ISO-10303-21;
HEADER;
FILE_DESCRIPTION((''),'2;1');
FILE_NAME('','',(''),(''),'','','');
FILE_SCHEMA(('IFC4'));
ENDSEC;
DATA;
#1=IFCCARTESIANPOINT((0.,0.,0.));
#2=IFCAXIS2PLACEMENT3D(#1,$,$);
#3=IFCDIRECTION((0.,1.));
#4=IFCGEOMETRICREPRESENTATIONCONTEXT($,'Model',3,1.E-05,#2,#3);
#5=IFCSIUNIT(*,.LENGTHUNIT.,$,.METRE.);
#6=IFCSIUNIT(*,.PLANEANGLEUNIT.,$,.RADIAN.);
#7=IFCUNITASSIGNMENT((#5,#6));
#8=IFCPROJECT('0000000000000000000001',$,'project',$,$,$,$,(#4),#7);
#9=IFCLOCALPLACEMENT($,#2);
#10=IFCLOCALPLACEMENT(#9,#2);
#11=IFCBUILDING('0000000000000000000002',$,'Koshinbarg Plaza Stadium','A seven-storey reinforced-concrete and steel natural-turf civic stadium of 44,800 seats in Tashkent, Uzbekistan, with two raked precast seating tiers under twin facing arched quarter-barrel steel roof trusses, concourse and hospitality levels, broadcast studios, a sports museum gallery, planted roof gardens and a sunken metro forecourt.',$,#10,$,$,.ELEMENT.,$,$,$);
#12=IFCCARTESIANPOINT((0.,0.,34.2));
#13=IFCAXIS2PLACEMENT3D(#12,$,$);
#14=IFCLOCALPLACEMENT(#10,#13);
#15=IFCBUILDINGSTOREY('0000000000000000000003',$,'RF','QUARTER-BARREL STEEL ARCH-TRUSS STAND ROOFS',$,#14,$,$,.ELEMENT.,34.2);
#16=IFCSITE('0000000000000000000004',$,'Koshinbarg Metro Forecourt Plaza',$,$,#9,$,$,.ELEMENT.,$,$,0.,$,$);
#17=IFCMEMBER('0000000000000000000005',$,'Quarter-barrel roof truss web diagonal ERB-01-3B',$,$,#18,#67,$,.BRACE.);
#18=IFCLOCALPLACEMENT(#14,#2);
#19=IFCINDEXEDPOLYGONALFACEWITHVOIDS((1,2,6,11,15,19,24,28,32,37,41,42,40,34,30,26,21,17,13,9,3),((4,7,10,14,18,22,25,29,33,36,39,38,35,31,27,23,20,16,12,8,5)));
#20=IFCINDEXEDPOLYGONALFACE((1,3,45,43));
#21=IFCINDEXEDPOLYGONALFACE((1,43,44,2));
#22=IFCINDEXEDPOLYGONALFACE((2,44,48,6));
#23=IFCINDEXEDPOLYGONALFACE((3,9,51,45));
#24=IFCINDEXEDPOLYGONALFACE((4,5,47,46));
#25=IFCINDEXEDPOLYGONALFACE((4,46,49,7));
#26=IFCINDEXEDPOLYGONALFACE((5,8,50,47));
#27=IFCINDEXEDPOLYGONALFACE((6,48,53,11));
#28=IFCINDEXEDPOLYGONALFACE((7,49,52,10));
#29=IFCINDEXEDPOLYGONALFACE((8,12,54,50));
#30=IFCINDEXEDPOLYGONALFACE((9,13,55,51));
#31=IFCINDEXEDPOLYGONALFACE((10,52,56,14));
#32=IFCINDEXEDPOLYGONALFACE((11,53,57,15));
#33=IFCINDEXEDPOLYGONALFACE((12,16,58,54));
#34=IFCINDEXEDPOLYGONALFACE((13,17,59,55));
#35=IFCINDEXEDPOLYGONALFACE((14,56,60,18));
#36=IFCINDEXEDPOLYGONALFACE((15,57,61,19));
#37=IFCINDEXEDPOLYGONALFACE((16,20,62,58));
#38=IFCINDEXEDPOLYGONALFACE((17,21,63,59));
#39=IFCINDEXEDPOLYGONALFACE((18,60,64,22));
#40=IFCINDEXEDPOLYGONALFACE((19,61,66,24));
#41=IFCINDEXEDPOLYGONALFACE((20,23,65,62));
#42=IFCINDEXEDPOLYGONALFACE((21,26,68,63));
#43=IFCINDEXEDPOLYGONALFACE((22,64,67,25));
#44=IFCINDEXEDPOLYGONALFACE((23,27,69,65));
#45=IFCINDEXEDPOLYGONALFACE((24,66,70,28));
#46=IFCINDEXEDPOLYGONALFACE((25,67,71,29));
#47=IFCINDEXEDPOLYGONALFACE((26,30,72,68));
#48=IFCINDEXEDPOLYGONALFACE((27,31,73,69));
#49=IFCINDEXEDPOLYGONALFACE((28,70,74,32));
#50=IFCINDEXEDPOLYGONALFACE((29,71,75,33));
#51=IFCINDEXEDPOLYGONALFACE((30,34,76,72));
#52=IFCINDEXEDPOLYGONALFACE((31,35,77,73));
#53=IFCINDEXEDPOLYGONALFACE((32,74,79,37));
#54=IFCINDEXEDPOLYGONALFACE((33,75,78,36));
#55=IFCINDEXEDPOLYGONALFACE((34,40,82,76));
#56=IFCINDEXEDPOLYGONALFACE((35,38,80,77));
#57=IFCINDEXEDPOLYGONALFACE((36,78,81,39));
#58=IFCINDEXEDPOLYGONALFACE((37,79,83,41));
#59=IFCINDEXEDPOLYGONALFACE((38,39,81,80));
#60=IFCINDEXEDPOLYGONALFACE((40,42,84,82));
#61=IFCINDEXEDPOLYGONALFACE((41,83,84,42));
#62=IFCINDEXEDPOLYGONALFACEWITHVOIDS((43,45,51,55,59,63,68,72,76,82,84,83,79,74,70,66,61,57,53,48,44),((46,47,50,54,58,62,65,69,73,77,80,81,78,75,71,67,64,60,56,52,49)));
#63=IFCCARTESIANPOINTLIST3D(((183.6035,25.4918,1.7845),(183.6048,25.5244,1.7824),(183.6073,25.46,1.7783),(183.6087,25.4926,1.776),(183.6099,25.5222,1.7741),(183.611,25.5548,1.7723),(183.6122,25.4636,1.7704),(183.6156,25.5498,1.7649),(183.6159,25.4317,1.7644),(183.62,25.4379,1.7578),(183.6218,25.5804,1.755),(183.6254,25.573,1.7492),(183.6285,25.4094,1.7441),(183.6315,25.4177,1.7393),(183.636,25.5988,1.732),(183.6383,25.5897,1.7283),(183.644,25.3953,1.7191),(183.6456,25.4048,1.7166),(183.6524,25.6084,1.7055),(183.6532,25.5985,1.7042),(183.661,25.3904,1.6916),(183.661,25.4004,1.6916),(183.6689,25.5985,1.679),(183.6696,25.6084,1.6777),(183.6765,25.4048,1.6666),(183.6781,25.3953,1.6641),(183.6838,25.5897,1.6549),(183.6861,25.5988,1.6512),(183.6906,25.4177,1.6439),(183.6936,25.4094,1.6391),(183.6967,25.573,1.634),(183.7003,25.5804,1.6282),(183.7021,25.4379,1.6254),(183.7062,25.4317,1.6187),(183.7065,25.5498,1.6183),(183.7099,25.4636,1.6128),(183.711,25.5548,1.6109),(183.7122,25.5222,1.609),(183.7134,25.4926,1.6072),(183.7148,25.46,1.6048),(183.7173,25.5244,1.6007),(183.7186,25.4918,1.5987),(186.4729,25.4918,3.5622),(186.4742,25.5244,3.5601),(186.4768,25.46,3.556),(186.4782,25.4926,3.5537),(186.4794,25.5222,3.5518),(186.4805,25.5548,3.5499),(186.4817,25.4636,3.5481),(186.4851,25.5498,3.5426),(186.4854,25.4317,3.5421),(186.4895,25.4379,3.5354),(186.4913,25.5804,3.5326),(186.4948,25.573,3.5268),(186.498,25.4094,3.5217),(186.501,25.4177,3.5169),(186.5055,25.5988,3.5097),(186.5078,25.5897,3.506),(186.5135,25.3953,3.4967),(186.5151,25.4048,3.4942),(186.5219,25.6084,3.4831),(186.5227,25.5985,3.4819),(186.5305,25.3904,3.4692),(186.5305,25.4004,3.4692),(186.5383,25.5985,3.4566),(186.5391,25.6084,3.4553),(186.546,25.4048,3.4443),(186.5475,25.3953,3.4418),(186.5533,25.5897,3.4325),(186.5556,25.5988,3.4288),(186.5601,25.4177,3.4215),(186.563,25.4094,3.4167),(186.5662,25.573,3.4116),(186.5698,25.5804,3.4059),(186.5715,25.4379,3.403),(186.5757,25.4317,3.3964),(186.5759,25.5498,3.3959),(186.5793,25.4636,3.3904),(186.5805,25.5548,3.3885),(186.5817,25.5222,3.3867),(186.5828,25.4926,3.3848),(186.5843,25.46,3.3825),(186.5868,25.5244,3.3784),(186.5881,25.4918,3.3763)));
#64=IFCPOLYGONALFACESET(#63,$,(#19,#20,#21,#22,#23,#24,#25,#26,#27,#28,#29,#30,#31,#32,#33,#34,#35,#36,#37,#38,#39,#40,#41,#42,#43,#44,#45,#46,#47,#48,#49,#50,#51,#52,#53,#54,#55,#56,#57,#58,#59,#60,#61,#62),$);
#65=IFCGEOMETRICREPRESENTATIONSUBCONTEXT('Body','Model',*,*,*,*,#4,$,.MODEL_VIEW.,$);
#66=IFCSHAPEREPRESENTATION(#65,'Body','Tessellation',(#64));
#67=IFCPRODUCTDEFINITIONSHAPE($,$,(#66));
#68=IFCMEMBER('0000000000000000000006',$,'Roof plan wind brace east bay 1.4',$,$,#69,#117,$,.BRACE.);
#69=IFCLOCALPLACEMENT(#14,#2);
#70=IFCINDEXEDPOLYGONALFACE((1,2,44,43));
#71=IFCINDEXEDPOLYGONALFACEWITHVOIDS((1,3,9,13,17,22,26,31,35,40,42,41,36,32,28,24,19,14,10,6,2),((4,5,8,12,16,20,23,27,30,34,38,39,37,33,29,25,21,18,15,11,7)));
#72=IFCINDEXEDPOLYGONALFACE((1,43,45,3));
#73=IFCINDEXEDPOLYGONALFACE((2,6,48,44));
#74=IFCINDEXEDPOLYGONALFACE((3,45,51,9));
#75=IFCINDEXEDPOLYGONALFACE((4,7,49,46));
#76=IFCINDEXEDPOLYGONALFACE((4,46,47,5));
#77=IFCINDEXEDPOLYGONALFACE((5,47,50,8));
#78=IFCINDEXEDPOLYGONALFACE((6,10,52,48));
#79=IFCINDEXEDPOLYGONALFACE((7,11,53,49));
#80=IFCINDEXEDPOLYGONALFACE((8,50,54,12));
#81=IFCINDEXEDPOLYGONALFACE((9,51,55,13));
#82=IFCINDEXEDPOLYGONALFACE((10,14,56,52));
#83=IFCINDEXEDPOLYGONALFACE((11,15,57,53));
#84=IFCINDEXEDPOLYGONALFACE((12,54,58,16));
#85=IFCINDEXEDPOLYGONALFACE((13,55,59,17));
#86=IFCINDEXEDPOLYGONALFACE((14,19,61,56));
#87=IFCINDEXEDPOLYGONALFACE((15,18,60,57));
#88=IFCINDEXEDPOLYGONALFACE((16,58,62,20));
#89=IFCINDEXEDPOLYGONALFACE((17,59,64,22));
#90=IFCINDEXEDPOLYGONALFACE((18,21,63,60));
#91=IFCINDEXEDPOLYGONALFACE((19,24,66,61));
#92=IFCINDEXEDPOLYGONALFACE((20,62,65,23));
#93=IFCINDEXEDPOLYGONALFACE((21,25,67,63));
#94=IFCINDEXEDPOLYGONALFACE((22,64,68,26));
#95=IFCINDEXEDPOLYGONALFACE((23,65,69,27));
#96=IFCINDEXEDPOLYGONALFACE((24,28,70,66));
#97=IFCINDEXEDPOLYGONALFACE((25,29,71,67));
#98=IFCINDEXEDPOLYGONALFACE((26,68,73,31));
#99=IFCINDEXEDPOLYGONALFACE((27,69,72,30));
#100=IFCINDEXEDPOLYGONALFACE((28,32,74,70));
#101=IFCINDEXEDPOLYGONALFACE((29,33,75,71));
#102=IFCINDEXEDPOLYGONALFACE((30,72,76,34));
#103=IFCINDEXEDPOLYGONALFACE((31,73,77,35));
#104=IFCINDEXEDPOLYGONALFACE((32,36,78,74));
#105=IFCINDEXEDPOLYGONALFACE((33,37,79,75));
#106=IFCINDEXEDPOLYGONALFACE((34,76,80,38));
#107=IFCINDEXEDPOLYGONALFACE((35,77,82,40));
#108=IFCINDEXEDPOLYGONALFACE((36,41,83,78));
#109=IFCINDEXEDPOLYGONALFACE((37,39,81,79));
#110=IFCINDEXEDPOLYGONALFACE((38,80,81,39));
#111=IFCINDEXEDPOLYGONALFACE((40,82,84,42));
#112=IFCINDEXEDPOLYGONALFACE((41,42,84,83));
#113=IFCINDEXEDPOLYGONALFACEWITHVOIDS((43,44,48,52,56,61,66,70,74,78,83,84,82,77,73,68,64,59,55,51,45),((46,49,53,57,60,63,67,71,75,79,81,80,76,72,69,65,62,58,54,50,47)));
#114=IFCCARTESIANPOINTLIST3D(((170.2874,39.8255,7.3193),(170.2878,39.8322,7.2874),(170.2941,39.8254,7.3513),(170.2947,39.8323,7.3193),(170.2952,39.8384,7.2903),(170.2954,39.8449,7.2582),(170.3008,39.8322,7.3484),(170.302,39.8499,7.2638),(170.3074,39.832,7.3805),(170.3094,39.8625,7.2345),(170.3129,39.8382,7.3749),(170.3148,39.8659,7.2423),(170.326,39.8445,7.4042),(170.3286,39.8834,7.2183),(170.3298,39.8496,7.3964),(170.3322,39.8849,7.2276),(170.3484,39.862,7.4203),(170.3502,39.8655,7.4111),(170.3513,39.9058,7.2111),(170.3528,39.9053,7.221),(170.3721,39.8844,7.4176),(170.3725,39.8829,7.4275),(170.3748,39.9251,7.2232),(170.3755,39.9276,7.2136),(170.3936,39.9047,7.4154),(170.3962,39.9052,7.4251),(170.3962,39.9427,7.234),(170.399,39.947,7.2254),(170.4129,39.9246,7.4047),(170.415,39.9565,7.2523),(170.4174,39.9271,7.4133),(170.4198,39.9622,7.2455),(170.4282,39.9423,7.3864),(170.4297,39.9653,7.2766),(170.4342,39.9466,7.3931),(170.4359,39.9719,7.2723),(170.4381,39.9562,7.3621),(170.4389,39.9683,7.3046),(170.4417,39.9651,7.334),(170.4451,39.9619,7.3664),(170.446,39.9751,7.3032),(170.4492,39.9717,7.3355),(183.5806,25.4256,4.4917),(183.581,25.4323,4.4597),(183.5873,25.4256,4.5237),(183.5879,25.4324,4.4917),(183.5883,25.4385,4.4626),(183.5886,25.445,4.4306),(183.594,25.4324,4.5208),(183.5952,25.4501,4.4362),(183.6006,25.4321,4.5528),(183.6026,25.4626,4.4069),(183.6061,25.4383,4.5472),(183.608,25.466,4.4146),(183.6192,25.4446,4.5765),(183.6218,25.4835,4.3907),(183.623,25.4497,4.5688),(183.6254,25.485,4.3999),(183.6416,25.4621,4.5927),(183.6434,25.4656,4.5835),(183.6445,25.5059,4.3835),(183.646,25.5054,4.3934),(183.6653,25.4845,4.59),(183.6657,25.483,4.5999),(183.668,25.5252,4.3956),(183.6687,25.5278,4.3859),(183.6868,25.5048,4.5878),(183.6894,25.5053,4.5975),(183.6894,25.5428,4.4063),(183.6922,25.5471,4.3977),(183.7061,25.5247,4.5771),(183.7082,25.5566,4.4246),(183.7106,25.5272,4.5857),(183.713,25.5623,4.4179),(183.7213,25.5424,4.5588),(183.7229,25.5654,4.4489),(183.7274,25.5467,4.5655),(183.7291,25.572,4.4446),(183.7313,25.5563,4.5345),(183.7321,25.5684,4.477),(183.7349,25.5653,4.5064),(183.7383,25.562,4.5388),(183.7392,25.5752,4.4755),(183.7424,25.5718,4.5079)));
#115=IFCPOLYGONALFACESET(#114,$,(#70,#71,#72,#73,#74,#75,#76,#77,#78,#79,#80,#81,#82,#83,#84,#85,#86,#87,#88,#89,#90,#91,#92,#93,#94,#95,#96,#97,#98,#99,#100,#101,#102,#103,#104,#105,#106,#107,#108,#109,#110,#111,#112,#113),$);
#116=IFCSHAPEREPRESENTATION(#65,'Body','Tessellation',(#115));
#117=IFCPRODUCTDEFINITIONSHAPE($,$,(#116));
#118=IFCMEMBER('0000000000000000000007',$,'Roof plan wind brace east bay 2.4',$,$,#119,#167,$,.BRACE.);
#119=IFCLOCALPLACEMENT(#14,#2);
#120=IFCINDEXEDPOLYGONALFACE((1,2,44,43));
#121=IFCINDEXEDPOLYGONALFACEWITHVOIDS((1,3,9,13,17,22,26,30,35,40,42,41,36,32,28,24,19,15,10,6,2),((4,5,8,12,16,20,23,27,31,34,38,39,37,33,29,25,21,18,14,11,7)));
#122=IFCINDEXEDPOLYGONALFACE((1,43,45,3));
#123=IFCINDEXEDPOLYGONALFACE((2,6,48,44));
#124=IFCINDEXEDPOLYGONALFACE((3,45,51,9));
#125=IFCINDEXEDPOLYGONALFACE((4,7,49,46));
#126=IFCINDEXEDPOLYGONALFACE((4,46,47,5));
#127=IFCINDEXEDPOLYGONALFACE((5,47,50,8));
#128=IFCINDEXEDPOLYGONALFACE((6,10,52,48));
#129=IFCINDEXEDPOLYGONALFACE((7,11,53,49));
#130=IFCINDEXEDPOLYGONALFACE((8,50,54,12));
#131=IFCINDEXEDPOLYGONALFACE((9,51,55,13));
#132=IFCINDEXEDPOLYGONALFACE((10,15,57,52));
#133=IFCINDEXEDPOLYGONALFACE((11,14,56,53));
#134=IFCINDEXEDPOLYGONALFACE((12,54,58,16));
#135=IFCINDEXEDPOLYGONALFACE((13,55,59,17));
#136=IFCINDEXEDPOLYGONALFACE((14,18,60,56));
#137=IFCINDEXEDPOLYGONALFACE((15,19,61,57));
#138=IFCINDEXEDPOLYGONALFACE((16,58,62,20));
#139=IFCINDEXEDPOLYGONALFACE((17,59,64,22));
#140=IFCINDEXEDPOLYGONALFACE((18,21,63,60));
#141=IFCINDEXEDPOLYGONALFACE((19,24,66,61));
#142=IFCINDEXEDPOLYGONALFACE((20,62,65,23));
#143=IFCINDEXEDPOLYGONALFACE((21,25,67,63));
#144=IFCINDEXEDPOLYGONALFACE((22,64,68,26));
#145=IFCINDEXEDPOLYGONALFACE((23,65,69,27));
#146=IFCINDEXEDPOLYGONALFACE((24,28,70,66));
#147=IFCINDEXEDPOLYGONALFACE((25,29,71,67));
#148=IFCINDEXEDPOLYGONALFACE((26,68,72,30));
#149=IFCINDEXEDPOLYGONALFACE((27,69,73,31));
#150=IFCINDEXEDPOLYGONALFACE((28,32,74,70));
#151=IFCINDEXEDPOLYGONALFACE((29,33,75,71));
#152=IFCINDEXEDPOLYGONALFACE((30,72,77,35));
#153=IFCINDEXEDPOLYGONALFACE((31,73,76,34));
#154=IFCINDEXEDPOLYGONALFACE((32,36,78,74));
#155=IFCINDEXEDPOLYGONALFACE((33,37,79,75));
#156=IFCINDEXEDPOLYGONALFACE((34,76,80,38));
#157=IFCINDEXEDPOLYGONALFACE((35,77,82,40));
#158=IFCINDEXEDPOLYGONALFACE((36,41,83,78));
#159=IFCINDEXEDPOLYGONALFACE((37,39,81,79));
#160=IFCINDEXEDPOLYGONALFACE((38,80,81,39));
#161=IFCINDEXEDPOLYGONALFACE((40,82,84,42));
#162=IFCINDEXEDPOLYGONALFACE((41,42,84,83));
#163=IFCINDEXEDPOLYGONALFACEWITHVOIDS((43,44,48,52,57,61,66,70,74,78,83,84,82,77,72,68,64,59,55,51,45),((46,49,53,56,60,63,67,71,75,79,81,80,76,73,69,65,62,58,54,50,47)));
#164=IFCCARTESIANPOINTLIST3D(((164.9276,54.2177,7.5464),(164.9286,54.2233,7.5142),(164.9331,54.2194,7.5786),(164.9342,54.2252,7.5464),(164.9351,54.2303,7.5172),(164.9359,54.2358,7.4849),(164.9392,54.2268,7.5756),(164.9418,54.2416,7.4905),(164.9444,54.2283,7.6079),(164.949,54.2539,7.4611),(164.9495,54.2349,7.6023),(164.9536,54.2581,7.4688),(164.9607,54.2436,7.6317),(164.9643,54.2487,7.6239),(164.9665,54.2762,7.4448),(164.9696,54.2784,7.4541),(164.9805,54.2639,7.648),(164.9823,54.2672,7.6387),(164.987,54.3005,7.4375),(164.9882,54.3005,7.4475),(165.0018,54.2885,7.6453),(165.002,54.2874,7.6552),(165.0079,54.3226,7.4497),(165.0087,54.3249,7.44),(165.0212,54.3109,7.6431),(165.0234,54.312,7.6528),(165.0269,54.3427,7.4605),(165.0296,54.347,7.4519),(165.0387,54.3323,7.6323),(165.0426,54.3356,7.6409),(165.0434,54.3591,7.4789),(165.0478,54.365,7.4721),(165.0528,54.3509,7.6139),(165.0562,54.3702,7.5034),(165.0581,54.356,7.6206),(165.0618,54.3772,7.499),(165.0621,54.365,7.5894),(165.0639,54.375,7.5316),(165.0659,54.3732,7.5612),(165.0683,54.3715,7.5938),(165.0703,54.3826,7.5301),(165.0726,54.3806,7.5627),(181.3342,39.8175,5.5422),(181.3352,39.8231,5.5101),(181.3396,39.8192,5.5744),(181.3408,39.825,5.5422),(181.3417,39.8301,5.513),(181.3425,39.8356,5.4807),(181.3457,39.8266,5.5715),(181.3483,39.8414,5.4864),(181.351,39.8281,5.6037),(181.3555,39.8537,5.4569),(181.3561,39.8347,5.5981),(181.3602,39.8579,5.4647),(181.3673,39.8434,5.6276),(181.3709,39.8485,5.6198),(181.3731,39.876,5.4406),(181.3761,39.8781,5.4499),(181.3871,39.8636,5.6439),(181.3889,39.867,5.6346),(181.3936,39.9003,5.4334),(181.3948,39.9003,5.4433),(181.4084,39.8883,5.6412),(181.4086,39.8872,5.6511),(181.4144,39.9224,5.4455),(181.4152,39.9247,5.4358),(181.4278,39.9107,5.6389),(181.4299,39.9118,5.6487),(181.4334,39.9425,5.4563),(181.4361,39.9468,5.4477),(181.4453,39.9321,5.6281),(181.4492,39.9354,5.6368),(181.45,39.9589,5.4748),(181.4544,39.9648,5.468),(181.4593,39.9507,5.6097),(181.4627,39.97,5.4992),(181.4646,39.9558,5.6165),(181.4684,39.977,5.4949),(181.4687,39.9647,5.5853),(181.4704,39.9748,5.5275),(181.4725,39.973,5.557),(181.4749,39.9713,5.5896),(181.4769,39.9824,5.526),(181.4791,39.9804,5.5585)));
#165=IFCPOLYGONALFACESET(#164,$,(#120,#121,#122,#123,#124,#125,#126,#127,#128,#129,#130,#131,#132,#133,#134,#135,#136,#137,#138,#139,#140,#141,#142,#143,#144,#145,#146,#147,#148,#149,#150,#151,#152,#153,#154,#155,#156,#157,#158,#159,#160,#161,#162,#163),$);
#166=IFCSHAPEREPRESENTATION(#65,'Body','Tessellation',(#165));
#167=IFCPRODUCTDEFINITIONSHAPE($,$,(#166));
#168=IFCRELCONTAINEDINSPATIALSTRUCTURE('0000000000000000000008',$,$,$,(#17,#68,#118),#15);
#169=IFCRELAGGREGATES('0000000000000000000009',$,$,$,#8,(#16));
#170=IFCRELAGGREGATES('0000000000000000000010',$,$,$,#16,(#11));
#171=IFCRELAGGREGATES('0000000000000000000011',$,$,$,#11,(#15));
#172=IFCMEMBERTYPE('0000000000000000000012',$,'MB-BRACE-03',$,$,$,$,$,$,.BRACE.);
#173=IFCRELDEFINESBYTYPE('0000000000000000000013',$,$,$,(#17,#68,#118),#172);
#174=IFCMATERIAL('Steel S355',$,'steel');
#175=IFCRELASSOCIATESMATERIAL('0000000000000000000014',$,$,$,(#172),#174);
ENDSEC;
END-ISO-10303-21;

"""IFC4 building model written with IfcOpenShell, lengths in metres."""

from ifc_helpers import new_model, si_unit, direction, frame, origin, origin_2d, place, context, subcontext, project, spatial, hollow_circle, extrude, material, material_profile, profile_set, type_object, element, save


model = new_model("IFC4")

# Units and contexts
model_context = context("Model", 3, precision=1e-05, world=origin(), true_north=direction((0.0, 1.0)))
body_context = subcontext(model_context, "Body", "Model", "MODEL_VIEW")
ifc_project = project(units=[si_unit("LENGTHUNIT", "METRE"), si_unit("PLANEANGLEUNIT", "RADIAN")], contexts=[model_context])

# Site, building, storey
site_placement = place(None, origin())
site = spatial("IfcSite", under=ifc_project, at=site_placement, Name="Koshinbarg Metro Forecourt Plaza", CompositionType="ELEMENT", RefElevation=0.0)
building_placement = place(site_placement, origin())
building = spatial("IfcBuilding", under=site, at=building_placement, Name="Koshinbarg Plaza Stadium", Description="A seven-storey reinforced-concrete and steel natural-turf civic stadium of 44,800 seats in Tashkent, Uzbekistan, with two raked precast seating tiers under twin facing arched quarter-barrel steel roof trusses, concourse and hospitality levels, broadcast studios, a sports museum gallery, planted roof gardens and a sunken metro forecourt.", CompositionType="ELEMENT")
storey_placement = place(building_placement, frame((0.0, 0.0, 34.2)))
storey = spatial("IfcBuildingStorey", under=building, at=storey_placement, Name="RF", Description="QUARTER-BARREL STEEL ARCH-TRUSS STAND ROOFS", CompositionType="ELEMENT", Elevation=34.2)

# Members
ifc_material_1 = material(Name="Steel S355", Category="steel")
ifc_material_profile_1 = material_profile(ifc_material_1, hollow_circle(Radius=0.1096, WallThickness=0.01, at=origin_2d()), Name="CHS 219.1x10")
ifc_profile_set_1 = profile_set([ifc_material_profile_1], Name="Steel S355")
member_type_1 = type_object("IfcMemberType", Name="MB-BRACE-03", PredefinedType="BRACE", material=ifc_profile_set_1)
member_1_placement = place(storey_placement, frame((186.5305, 25.5, 3.4692), z_axis=(-0.850092, 0.0, -0.526633), x_axis=(0.0, -1.0, 0.0)))
element("IfcMember", 1, at=member_1_placement, inside=storey, type_object=member_type_1, Name="Quarter-barrel roof truss web diagonal ERB-01-3B", PredefinedType="BRACE", context=body_context, shape_type="SweptSolid", body=[
    extrude(hollow_circle(Radius=0.1096, WallThickness=0.01, at=origin_2d()), origin(), (0.0, 0.0, 1.0), 3.3755),
])
member_2_placement = place(storey_placement, frame((183.6611, 25.5, 4.4917), z_axis=(-0.671355, 0.727247, 0.142806), x_axis=(-0.734778, -0.678308, 0.0)))
element("IfcMember", 2, at=member_2_placement, inside=storey, type_object=member_type_1, Name="Roof plan wind brace east bay 1.4", PredefinedType="BRACE", context=body_context, shape_type="SweptSolid", body=[
    extrude(hollow_circle(Radius=0.1096, WallThickness=0.01, at=origin_2d()), origin(), (0.0, 0.0, 1.0), 19.8005),
])
member_3_placement = place(storey_placement, frame((181.4065, 39.8999, 5.5422), z_axis=(-0.748419, 0.656895, 0.091424), x_axis=(-0.659657, -0.751566, 0.0)))
element("IfcMember", 3, at=member_3_placement, inside=storey, type_object=member_type_1, Name="Roof plan wind brace east bay 2.4", PredefinedType="BRACE", context=body_context, shape_type="SweptSolid", body=[
    extrude(hollow_circle(Radius=0.1096, WallThickness=0.01, at=origin_2d()), origin(), (0.0, 0.0, 1.0), 21.9216),
])

save(model, "model.ifc")
